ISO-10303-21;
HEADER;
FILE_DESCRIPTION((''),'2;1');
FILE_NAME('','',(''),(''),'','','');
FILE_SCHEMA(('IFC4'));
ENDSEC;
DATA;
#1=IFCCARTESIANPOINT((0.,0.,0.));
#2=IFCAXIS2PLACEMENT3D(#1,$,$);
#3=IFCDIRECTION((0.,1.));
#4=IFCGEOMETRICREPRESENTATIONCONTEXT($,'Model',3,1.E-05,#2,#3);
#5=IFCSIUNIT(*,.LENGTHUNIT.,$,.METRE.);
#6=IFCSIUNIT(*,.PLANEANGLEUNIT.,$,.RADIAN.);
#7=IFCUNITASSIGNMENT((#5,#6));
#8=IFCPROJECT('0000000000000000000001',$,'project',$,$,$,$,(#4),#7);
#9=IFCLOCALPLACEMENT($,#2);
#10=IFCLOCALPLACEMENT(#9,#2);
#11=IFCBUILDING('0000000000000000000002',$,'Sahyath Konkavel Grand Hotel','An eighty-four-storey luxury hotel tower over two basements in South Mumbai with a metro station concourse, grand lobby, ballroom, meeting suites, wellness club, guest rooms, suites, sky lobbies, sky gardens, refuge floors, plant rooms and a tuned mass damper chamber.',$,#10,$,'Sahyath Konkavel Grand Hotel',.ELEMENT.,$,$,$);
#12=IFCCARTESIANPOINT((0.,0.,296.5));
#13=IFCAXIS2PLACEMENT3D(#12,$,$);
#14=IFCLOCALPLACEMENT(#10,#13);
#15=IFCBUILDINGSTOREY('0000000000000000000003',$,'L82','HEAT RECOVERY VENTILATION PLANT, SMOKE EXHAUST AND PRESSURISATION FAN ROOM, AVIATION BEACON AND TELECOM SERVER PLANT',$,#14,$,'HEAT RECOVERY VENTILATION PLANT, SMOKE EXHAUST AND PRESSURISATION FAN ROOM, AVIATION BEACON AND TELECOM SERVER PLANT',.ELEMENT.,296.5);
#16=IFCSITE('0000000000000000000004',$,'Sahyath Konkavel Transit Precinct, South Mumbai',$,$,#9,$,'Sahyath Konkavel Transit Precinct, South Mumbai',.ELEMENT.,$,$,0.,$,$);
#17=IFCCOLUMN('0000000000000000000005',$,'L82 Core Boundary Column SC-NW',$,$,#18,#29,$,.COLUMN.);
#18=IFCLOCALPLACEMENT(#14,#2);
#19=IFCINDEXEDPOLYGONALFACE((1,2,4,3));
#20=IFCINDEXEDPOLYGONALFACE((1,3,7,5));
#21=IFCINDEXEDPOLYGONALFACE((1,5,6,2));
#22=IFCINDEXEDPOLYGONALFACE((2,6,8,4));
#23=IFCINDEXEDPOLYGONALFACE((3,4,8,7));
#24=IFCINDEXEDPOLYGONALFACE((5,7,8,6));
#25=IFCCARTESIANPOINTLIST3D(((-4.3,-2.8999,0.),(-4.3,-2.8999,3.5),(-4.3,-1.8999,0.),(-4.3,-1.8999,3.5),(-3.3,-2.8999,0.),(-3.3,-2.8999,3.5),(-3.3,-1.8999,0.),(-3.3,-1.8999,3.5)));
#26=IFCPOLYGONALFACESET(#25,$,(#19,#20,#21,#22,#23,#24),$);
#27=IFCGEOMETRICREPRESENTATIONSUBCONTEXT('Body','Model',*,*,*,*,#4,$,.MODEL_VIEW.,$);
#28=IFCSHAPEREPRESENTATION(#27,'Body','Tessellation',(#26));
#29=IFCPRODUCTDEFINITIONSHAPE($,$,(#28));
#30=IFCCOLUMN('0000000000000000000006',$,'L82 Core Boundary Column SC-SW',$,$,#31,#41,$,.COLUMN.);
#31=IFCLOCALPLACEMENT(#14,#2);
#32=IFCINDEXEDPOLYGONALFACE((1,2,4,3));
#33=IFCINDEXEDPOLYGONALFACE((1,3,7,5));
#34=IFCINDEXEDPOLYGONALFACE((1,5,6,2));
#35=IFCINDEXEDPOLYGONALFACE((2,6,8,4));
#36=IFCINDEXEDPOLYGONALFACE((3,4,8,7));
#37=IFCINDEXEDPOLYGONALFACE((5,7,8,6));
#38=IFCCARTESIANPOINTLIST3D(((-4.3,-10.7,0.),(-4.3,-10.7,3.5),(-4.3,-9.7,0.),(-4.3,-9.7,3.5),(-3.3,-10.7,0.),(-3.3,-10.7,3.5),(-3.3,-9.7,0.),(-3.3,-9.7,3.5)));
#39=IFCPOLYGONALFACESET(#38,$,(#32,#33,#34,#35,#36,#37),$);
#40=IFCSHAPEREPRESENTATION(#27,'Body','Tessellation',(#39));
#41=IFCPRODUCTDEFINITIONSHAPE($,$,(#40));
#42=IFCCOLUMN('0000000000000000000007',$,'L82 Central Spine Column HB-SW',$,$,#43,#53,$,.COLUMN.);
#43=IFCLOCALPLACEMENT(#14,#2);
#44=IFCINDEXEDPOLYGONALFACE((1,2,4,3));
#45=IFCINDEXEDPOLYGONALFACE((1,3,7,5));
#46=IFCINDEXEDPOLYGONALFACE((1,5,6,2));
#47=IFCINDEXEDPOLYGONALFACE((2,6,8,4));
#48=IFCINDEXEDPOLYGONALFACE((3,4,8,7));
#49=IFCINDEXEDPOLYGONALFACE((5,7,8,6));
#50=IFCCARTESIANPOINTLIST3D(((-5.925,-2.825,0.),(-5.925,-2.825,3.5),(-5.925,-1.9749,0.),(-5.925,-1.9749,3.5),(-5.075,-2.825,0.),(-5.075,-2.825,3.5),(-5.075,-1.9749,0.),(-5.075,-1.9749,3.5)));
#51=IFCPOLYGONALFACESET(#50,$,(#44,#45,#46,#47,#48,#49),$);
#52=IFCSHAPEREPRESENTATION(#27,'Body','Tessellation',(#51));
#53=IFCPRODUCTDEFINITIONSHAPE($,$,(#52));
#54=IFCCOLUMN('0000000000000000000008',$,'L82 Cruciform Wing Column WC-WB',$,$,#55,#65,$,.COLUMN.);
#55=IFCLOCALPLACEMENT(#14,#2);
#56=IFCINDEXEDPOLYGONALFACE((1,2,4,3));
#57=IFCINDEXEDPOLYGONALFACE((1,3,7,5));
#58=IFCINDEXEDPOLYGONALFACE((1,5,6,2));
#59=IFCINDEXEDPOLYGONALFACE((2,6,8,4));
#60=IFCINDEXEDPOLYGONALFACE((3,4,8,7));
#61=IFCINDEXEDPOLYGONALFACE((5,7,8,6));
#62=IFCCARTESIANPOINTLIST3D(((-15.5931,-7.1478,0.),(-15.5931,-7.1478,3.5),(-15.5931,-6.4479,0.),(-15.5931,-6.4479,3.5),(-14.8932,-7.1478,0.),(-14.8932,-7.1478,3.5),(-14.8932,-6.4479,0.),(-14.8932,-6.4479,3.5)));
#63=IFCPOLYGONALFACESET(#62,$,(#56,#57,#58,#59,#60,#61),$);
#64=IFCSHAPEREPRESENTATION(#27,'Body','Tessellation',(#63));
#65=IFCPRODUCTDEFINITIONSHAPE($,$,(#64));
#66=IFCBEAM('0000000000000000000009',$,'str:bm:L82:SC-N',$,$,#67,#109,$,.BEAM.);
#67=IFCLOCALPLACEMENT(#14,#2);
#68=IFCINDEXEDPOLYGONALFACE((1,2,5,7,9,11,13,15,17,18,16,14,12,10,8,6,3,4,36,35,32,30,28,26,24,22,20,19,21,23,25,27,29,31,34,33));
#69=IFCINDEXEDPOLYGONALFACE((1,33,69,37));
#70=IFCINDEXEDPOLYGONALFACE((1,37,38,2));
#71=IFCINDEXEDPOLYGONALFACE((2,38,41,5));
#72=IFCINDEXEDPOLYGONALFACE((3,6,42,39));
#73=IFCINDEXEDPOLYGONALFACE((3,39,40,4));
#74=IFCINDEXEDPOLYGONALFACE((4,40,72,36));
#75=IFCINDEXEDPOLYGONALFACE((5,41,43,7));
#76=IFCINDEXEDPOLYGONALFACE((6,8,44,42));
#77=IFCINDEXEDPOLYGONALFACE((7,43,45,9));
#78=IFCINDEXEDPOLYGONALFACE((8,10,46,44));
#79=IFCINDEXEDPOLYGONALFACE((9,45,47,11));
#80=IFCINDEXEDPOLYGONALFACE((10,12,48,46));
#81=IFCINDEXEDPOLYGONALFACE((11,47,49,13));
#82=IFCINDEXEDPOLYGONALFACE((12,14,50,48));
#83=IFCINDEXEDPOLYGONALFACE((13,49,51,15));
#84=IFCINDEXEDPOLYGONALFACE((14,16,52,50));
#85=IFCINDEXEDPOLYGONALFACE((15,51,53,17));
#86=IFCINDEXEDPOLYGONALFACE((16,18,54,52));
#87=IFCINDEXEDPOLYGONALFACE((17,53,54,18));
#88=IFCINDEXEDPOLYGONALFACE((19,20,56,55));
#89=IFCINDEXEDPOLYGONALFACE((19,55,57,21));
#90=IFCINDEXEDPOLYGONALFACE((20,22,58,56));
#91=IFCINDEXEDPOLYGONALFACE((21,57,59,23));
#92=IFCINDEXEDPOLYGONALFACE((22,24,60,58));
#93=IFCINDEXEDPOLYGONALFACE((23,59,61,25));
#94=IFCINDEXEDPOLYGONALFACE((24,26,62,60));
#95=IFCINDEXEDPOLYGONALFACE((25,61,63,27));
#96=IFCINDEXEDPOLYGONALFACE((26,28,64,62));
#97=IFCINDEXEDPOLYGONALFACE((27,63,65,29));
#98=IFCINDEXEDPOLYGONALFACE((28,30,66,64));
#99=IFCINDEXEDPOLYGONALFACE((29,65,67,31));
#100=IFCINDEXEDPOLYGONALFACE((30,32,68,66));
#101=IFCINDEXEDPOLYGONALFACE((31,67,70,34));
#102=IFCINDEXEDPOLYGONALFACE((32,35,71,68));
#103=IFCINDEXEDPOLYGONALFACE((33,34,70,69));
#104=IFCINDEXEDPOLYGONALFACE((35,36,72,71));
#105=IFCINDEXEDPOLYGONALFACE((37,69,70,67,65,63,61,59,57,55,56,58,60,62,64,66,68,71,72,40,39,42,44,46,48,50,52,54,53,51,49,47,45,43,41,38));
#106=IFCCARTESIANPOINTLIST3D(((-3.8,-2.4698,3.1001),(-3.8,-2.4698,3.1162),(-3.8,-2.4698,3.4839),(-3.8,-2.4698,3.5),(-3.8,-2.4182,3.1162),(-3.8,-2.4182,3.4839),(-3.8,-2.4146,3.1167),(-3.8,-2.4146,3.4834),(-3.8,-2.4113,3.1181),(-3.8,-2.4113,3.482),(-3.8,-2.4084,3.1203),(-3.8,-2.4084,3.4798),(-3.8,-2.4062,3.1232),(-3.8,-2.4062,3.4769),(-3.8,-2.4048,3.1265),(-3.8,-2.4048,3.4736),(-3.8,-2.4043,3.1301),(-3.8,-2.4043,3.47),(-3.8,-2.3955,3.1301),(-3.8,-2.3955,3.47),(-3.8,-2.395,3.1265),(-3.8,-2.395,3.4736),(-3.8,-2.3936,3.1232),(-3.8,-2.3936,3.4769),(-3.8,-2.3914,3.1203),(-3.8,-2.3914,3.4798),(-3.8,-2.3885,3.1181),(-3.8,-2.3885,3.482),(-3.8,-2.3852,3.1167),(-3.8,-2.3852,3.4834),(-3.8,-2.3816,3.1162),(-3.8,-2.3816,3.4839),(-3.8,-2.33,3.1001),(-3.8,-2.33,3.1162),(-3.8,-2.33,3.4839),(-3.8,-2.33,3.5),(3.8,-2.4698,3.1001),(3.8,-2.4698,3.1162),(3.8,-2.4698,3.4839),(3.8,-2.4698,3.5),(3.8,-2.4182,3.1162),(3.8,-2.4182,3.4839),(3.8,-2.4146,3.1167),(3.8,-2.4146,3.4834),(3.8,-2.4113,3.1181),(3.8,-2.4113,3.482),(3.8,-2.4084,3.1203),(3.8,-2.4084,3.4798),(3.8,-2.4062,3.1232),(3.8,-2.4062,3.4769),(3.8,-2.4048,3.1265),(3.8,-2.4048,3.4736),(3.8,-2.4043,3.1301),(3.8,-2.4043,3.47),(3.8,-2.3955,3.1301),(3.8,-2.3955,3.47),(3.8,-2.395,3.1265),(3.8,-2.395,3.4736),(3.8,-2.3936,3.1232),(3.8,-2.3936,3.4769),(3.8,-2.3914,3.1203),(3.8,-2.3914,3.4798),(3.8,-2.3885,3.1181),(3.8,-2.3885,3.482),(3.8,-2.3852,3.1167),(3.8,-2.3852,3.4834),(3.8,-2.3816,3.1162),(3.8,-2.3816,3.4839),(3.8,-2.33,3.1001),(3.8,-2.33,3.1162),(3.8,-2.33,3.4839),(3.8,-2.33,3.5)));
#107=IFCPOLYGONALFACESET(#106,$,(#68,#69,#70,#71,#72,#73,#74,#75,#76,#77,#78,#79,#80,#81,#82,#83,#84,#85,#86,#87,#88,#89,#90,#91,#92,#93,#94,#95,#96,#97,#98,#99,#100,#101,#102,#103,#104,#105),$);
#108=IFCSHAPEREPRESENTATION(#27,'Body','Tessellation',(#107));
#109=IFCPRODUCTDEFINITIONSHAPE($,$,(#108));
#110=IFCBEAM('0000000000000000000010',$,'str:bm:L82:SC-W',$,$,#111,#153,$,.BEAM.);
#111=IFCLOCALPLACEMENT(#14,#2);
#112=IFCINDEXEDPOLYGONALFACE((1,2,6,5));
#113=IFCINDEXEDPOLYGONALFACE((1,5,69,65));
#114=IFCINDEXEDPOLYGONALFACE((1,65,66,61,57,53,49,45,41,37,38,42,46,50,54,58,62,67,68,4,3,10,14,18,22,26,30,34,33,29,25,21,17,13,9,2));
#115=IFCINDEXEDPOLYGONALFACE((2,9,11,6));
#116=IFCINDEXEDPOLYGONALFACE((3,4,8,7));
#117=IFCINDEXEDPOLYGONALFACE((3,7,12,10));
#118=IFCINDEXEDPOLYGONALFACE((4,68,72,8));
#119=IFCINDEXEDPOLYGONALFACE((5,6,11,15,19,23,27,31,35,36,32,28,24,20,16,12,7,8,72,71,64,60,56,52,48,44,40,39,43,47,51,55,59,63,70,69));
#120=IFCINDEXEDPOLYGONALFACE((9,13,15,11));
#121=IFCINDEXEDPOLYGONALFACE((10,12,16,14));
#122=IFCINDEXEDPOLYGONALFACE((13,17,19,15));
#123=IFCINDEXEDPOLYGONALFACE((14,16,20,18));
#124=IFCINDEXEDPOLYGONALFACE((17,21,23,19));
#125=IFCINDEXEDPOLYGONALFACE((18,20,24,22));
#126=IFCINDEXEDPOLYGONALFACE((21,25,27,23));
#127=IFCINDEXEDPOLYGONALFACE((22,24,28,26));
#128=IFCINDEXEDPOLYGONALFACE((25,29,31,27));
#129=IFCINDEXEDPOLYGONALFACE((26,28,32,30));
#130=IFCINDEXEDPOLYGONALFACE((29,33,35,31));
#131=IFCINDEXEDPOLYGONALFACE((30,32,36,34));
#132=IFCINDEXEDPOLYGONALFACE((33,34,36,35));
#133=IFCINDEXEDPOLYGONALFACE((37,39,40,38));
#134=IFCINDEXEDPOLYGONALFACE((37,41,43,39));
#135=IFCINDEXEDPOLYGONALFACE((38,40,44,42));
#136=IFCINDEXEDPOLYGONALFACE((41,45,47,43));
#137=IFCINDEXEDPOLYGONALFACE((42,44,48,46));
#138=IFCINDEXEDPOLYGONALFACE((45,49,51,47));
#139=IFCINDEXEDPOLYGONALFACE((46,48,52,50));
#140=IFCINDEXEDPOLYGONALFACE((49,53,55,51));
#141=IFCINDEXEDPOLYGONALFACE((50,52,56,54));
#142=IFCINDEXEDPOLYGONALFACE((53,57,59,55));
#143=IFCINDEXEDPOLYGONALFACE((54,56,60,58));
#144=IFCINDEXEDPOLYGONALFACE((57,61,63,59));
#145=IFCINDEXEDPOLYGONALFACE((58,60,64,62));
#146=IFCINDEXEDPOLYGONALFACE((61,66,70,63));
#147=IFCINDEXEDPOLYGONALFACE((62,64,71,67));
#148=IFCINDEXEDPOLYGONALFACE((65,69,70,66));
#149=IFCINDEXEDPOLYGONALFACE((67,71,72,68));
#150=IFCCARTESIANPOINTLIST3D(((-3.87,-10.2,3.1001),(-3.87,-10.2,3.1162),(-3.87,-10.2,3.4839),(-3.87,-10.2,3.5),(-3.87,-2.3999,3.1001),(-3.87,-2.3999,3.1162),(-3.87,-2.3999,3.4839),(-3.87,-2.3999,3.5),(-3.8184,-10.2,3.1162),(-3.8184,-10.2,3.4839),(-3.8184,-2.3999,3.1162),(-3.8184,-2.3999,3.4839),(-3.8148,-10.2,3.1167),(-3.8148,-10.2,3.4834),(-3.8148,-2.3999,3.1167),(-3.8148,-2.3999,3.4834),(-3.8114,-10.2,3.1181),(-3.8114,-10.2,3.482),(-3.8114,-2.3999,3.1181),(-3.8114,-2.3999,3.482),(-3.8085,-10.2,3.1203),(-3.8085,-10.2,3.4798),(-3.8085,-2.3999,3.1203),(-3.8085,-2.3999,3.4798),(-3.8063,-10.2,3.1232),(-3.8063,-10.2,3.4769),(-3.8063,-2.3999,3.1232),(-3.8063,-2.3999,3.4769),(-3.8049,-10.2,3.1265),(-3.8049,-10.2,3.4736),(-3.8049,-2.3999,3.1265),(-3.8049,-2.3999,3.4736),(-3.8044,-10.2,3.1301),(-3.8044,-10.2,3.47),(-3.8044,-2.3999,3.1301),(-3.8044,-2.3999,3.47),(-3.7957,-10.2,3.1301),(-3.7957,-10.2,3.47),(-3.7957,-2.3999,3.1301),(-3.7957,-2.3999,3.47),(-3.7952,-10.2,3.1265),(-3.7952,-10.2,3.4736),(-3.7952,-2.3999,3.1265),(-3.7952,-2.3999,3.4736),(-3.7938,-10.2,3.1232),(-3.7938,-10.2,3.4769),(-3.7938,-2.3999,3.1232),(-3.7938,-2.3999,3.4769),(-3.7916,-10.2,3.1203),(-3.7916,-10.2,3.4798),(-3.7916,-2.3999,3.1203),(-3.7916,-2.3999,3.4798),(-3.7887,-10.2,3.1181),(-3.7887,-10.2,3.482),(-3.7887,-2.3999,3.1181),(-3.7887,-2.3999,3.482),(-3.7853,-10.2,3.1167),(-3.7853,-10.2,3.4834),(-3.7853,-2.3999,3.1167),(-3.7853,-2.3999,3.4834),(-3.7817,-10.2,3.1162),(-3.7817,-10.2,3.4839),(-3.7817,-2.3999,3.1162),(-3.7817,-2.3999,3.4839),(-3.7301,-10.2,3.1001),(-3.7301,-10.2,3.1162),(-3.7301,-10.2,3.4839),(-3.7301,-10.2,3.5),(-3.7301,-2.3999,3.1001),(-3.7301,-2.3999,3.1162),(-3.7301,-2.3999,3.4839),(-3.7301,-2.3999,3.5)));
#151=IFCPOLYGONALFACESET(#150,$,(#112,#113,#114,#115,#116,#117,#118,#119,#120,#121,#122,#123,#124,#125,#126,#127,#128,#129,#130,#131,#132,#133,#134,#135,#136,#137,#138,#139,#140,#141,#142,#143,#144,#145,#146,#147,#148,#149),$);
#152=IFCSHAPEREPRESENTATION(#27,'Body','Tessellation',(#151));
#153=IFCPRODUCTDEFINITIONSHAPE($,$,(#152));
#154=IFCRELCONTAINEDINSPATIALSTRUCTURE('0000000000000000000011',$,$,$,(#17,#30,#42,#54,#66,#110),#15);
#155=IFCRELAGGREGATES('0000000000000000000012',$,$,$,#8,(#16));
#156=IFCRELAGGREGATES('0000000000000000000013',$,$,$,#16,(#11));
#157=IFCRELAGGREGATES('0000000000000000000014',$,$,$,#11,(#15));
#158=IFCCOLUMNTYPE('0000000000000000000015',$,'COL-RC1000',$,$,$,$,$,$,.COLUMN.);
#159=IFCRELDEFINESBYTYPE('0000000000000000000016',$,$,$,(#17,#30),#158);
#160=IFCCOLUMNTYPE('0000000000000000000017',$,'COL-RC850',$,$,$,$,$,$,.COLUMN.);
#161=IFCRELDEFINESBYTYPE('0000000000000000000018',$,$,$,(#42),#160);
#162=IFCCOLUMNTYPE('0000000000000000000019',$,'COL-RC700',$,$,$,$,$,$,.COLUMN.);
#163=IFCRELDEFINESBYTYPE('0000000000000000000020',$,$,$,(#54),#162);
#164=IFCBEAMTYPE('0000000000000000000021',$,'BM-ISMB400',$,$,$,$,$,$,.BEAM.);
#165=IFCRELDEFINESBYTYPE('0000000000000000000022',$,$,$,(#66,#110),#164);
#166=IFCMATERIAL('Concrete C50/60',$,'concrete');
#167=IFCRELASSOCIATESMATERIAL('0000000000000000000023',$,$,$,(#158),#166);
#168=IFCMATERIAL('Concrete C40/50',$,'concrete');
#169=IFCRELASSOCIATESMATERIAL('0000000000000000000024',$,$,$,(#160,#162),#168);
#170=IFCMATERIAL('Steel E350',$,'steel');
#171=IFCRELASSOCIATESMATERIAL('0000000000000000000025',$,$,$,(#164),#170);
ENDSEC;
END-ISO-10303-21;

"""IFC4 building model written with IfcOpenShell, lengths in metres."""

from ifc_helpers import new_model, si_unit, direction, frame, origin, origin_2d, place, context, subcontext, project, spatial, rectangle, i_section, extrude, source, transform, mapped, material, material_profile, profile_set, type_object, element, save


model = new_model("IFC4")

# Units and contexts
model_context = context("Model", 3, precision=1e-05, world=origin(), true_north=direction((0.0, 1.0)))
body_context = subcontext(model_context, "Body", "Model", "MODEL_VIEW")
ifc_project = project(units=[si_unit("LENGTHUNIT", "METRE"), si_unit("PLANEANGLEUNIT", "RADIAN")], contexts=[model_context])

# Site, building, storey
site_placement = place(None, origin())
site = spatial("IfcSite", under=ifc_project, at=site_placement, Name="Sahyath Konkavel Transit Precinct, South Mumbai", LongName="Sahyath Konkavel Transit Precinct, South Mumbai", CompositionType="ELEMENT", RefElevation=0.0)
building_placement = place(site_placement, origin())
building = spatial("IfcBuilding", under=site, at=building_placement, Name="Sahyath Konkavel Grand Hotel", Description="An eighty-four-storey luxury hotel tower over two basements in South Mumbai with a metro station concourse, grand lobby, ballroom, meeting suites, wellness club, guest rooms, suites, sky lobbies, sky gardens, refuge floors, plant rooms and a tuned mass damper chamber.", LongName="Sahyath Konkavel Grand Hotel", CompositionType="ELEMENT")
storey_placement = place(building_placement, frame((0.0, 0.0, 296.5)))
storey = spatial("IfcBuildingStorey", under=building, at=storey_placement, Name="L82", Description="HEAT RECOVERY VENTILATION PLANT, SMOKE EXHAUST AND PRESSURISATION FAN ROOM, AVIATION BEACON AND TELECOM SERVER PLANT", LongName="HEAT RECOVERY VENTILATION PLANT, SMOKE EXHAUST AND PRESSURISATION FAN ROOM, AVIATION BEACON AND TELECOM SERVER PLANT", CompositionType="ELEMENT", Elevation=296.5)

# Columns
ifc_material_1 = material(Name="Concrete C50/60", Category="concrete")
ifc_material_profile_1 = material_profile(ifc_material_1, rectangle(XDim=1.0, YDim=1.0, at=origin_2d()), Name="RC 1000x1000")
ifc_profile_set_1 = profile_set([ifc_material_profile_1], Name="Concrete C50/60")
column_type_1 = type_object("IfcColumnType", Name="COL-RC1000", PredefinedType="COLUMN", material=ifc_profile_set_1)
shared_shape_1 = source(origin(), body_context, "Body", "SweptSolid", [
    extrude(rectangle(XDim=1.0, YDim=1.0, at=origin_2d()), origin(), (0.0, 0.0, 1.0), 3.5),
])
for number, where, z_axis, x_axis, name in (
    (1, (-3.8, -2.3999, 0.0), (0.0, 0.0, 1.0), (1.0, 0.0, 0.0), "L82 Core Boundary Column SC-NW"),
    (2, (-3.8, -10.2, 0.0), (0.0, 0.0, 1.0), (1.0, 0.0, 0.0), "L82 Core Boundary Column SC-SW"),
):
    element("IfcColumn", number, at=place(storey_placement, frame(where, z_axis=z_axis, x_axis=x_axis)), inside=storey, type_object=column_type_1, Name=name, PredefinedType="COLUMN", context=body_context, shape_type="MappedRepresentation", body=[
        mapped(shared_shape_1, transform((0.0, 0.0, 0.0), scale=1.0)),
    ])
ifc_material_2 = material(Name="Concrete C40/50", Category="concrete")
ifc_material_profile_2 = material_profile(ifc_material_2, rectangle(XDim=0.8501, YDim=0.8501, at=origin_2d()), Name="RC 850x850")
ifc_profile_set_2 = profile_set([ifc_material_profile_2], Name="Concrete C40/50")
column_type_2 = type_object("IfcColumnType", Name="COL-RC850", PredefinedType="COLUMN", material=ifc_profile_set_2)
shared_shape_2 = source(origin(), body_context, "Body", "SweptSolid", [
    extrude(rectangle(XDim=0.8501, YDim=0.8501, at=origin_2d()), origin(), (0.0, 0.0, 1.0), 3.5),
])
column_1_placement = place(storey_placement, frame((-5.5, -2.3999, 0.0), z_axis=(0.0, 0.0, 1.0), x_axis=(1.0, 0.0, 0.0)))
element("IfcColumn", 3, at=column_1_placement, inside=storey, type_object=column_type_2, Name="L82 Central Spine Column HB-SW", PredefinedType="COLUMN", context=body_context, shape_type="MappedRepresentation", body=[
    mapped(shared_shape_2, transform((0.0, 0.0, 0.0), scale=1.0)),
])
ifc_material_profile_3 = material_profile(ifc_material_2, rectangle(XDim=0.7, YDim=0.7, at=origin_2d()), Name="RC 700x700")
ifc_profile_set_3 = profile_set([ifc_material_profile_3], Name="Concrete C40/50")
column_type_3 = type_object("IfcColumnType", Name="COL-RC700", PredefinedType="COLUMN", material=ifc_profile_set_3)
shared_shape_3 = source(origin(), body_context, "Body", "SweptSolid", [
    extrude(rectangle(XDim=0.7, YDim=0.7, at=origin_2d()), origin(), (0.0, 0.0, 1.0), 3.5),
])
column_2_placement = place(storey_placement, frame((-15.2432, -6.7979, 0.0), z_axis=(0.0, 0.0, 1.0), x_axis=(1.0, 0.0, 0.0)))
element("IfcColumn", 4, at=column_2_placement, inside=storey, type_object=column_type_3, Name="L82 Cruciform Wing Column WC-WB", PredefinedType="COLUMN", context=body_context, shape_type="MappedRepresentation", body=[
    mapped(shared_shape_3, transform((0.0, 0.0, 0.0), scale=1.0)),
])

# Beams
ifc_material_3 = material(Name="Steel E350", Category="steel")
ifc_material_profile_4 = material_profile(ifc_material_3, i_section(OverallWidth=0.1399, OverallDepth=0.3999, WebThickness=0.0088, FlangeThickness=0.0161, FilletRadius=0.0139, at=origin_2d()), Name="ISMB 400")
ifc_profile_set_4 = profile_set([ifc_material_profile_4], Name="Steel E350")
beam_type_1 = type_object("IfcBeamType", Name="BM-ISMB400", PredefinedType="BEAM", material=ifc_profile_set_4)
shared_shape_4 = source(origin(), body_context, "Body", "SweptSolid", [
    extrude(i_section(OverallWidth=0.1399, OverallDepth=0.3999, WebThickness=0.0088, FlangeThickness=0.0161, FilletRadius=0.0139, at=origin_2d()), origin(), (0.0, 0.0, 1.0), 7.6001),
])
beam_1_placement = place(storey_placement, frame((-3.8, -2.3999, 3.3), z_axis=(1.0, 0.0, 0.0), x_axis=(0.0, 1.0, 0.0)))
element("IfcBeam", 5, at=beam_1_placement, inside=storey, type_object=beam_type_1, Name="str:bm:L82:SC-N", PredefinedType="BEAM", context=body_context, shape_type="MappedRepresentation", body=[
    mapped(shared_shape_4, transform((0.0, 0.0, 0.0), scale=1.0)),
])
shared_shape_5 = source(origin(), body_context, "Body", "SweptSolid", [
    extrude(i_section(OverallWidth=0.1399, OverallDepth=0.3999, WebThickness=0.0088, FlangeThickness=0.0161, FilletRadius=0.0139, at=origin_2d()), origin(), (0.0, 0.0, 1.0), 7.8),
])
beam_2_placement = place(storey_placement, frame((-3.8, -10.2, 3.3), z_axis=(0.0, 1.0, 0.0), x_axis=(-1.0, 0.0, 0.0)))
element("IfcBeam", 6, at=beam_2_placement, inside=storey, type_object=beam_type_1, Name="str:bm:L82:SC-W", PredefinedType="BEAM", context=body_context, shape_type="MappedRepresentation", body=[
    mapped(shared_shape_5, transform((0.0, 0.0, 0.0), scale=1.0)),
])

save(model, "model.ifc")
